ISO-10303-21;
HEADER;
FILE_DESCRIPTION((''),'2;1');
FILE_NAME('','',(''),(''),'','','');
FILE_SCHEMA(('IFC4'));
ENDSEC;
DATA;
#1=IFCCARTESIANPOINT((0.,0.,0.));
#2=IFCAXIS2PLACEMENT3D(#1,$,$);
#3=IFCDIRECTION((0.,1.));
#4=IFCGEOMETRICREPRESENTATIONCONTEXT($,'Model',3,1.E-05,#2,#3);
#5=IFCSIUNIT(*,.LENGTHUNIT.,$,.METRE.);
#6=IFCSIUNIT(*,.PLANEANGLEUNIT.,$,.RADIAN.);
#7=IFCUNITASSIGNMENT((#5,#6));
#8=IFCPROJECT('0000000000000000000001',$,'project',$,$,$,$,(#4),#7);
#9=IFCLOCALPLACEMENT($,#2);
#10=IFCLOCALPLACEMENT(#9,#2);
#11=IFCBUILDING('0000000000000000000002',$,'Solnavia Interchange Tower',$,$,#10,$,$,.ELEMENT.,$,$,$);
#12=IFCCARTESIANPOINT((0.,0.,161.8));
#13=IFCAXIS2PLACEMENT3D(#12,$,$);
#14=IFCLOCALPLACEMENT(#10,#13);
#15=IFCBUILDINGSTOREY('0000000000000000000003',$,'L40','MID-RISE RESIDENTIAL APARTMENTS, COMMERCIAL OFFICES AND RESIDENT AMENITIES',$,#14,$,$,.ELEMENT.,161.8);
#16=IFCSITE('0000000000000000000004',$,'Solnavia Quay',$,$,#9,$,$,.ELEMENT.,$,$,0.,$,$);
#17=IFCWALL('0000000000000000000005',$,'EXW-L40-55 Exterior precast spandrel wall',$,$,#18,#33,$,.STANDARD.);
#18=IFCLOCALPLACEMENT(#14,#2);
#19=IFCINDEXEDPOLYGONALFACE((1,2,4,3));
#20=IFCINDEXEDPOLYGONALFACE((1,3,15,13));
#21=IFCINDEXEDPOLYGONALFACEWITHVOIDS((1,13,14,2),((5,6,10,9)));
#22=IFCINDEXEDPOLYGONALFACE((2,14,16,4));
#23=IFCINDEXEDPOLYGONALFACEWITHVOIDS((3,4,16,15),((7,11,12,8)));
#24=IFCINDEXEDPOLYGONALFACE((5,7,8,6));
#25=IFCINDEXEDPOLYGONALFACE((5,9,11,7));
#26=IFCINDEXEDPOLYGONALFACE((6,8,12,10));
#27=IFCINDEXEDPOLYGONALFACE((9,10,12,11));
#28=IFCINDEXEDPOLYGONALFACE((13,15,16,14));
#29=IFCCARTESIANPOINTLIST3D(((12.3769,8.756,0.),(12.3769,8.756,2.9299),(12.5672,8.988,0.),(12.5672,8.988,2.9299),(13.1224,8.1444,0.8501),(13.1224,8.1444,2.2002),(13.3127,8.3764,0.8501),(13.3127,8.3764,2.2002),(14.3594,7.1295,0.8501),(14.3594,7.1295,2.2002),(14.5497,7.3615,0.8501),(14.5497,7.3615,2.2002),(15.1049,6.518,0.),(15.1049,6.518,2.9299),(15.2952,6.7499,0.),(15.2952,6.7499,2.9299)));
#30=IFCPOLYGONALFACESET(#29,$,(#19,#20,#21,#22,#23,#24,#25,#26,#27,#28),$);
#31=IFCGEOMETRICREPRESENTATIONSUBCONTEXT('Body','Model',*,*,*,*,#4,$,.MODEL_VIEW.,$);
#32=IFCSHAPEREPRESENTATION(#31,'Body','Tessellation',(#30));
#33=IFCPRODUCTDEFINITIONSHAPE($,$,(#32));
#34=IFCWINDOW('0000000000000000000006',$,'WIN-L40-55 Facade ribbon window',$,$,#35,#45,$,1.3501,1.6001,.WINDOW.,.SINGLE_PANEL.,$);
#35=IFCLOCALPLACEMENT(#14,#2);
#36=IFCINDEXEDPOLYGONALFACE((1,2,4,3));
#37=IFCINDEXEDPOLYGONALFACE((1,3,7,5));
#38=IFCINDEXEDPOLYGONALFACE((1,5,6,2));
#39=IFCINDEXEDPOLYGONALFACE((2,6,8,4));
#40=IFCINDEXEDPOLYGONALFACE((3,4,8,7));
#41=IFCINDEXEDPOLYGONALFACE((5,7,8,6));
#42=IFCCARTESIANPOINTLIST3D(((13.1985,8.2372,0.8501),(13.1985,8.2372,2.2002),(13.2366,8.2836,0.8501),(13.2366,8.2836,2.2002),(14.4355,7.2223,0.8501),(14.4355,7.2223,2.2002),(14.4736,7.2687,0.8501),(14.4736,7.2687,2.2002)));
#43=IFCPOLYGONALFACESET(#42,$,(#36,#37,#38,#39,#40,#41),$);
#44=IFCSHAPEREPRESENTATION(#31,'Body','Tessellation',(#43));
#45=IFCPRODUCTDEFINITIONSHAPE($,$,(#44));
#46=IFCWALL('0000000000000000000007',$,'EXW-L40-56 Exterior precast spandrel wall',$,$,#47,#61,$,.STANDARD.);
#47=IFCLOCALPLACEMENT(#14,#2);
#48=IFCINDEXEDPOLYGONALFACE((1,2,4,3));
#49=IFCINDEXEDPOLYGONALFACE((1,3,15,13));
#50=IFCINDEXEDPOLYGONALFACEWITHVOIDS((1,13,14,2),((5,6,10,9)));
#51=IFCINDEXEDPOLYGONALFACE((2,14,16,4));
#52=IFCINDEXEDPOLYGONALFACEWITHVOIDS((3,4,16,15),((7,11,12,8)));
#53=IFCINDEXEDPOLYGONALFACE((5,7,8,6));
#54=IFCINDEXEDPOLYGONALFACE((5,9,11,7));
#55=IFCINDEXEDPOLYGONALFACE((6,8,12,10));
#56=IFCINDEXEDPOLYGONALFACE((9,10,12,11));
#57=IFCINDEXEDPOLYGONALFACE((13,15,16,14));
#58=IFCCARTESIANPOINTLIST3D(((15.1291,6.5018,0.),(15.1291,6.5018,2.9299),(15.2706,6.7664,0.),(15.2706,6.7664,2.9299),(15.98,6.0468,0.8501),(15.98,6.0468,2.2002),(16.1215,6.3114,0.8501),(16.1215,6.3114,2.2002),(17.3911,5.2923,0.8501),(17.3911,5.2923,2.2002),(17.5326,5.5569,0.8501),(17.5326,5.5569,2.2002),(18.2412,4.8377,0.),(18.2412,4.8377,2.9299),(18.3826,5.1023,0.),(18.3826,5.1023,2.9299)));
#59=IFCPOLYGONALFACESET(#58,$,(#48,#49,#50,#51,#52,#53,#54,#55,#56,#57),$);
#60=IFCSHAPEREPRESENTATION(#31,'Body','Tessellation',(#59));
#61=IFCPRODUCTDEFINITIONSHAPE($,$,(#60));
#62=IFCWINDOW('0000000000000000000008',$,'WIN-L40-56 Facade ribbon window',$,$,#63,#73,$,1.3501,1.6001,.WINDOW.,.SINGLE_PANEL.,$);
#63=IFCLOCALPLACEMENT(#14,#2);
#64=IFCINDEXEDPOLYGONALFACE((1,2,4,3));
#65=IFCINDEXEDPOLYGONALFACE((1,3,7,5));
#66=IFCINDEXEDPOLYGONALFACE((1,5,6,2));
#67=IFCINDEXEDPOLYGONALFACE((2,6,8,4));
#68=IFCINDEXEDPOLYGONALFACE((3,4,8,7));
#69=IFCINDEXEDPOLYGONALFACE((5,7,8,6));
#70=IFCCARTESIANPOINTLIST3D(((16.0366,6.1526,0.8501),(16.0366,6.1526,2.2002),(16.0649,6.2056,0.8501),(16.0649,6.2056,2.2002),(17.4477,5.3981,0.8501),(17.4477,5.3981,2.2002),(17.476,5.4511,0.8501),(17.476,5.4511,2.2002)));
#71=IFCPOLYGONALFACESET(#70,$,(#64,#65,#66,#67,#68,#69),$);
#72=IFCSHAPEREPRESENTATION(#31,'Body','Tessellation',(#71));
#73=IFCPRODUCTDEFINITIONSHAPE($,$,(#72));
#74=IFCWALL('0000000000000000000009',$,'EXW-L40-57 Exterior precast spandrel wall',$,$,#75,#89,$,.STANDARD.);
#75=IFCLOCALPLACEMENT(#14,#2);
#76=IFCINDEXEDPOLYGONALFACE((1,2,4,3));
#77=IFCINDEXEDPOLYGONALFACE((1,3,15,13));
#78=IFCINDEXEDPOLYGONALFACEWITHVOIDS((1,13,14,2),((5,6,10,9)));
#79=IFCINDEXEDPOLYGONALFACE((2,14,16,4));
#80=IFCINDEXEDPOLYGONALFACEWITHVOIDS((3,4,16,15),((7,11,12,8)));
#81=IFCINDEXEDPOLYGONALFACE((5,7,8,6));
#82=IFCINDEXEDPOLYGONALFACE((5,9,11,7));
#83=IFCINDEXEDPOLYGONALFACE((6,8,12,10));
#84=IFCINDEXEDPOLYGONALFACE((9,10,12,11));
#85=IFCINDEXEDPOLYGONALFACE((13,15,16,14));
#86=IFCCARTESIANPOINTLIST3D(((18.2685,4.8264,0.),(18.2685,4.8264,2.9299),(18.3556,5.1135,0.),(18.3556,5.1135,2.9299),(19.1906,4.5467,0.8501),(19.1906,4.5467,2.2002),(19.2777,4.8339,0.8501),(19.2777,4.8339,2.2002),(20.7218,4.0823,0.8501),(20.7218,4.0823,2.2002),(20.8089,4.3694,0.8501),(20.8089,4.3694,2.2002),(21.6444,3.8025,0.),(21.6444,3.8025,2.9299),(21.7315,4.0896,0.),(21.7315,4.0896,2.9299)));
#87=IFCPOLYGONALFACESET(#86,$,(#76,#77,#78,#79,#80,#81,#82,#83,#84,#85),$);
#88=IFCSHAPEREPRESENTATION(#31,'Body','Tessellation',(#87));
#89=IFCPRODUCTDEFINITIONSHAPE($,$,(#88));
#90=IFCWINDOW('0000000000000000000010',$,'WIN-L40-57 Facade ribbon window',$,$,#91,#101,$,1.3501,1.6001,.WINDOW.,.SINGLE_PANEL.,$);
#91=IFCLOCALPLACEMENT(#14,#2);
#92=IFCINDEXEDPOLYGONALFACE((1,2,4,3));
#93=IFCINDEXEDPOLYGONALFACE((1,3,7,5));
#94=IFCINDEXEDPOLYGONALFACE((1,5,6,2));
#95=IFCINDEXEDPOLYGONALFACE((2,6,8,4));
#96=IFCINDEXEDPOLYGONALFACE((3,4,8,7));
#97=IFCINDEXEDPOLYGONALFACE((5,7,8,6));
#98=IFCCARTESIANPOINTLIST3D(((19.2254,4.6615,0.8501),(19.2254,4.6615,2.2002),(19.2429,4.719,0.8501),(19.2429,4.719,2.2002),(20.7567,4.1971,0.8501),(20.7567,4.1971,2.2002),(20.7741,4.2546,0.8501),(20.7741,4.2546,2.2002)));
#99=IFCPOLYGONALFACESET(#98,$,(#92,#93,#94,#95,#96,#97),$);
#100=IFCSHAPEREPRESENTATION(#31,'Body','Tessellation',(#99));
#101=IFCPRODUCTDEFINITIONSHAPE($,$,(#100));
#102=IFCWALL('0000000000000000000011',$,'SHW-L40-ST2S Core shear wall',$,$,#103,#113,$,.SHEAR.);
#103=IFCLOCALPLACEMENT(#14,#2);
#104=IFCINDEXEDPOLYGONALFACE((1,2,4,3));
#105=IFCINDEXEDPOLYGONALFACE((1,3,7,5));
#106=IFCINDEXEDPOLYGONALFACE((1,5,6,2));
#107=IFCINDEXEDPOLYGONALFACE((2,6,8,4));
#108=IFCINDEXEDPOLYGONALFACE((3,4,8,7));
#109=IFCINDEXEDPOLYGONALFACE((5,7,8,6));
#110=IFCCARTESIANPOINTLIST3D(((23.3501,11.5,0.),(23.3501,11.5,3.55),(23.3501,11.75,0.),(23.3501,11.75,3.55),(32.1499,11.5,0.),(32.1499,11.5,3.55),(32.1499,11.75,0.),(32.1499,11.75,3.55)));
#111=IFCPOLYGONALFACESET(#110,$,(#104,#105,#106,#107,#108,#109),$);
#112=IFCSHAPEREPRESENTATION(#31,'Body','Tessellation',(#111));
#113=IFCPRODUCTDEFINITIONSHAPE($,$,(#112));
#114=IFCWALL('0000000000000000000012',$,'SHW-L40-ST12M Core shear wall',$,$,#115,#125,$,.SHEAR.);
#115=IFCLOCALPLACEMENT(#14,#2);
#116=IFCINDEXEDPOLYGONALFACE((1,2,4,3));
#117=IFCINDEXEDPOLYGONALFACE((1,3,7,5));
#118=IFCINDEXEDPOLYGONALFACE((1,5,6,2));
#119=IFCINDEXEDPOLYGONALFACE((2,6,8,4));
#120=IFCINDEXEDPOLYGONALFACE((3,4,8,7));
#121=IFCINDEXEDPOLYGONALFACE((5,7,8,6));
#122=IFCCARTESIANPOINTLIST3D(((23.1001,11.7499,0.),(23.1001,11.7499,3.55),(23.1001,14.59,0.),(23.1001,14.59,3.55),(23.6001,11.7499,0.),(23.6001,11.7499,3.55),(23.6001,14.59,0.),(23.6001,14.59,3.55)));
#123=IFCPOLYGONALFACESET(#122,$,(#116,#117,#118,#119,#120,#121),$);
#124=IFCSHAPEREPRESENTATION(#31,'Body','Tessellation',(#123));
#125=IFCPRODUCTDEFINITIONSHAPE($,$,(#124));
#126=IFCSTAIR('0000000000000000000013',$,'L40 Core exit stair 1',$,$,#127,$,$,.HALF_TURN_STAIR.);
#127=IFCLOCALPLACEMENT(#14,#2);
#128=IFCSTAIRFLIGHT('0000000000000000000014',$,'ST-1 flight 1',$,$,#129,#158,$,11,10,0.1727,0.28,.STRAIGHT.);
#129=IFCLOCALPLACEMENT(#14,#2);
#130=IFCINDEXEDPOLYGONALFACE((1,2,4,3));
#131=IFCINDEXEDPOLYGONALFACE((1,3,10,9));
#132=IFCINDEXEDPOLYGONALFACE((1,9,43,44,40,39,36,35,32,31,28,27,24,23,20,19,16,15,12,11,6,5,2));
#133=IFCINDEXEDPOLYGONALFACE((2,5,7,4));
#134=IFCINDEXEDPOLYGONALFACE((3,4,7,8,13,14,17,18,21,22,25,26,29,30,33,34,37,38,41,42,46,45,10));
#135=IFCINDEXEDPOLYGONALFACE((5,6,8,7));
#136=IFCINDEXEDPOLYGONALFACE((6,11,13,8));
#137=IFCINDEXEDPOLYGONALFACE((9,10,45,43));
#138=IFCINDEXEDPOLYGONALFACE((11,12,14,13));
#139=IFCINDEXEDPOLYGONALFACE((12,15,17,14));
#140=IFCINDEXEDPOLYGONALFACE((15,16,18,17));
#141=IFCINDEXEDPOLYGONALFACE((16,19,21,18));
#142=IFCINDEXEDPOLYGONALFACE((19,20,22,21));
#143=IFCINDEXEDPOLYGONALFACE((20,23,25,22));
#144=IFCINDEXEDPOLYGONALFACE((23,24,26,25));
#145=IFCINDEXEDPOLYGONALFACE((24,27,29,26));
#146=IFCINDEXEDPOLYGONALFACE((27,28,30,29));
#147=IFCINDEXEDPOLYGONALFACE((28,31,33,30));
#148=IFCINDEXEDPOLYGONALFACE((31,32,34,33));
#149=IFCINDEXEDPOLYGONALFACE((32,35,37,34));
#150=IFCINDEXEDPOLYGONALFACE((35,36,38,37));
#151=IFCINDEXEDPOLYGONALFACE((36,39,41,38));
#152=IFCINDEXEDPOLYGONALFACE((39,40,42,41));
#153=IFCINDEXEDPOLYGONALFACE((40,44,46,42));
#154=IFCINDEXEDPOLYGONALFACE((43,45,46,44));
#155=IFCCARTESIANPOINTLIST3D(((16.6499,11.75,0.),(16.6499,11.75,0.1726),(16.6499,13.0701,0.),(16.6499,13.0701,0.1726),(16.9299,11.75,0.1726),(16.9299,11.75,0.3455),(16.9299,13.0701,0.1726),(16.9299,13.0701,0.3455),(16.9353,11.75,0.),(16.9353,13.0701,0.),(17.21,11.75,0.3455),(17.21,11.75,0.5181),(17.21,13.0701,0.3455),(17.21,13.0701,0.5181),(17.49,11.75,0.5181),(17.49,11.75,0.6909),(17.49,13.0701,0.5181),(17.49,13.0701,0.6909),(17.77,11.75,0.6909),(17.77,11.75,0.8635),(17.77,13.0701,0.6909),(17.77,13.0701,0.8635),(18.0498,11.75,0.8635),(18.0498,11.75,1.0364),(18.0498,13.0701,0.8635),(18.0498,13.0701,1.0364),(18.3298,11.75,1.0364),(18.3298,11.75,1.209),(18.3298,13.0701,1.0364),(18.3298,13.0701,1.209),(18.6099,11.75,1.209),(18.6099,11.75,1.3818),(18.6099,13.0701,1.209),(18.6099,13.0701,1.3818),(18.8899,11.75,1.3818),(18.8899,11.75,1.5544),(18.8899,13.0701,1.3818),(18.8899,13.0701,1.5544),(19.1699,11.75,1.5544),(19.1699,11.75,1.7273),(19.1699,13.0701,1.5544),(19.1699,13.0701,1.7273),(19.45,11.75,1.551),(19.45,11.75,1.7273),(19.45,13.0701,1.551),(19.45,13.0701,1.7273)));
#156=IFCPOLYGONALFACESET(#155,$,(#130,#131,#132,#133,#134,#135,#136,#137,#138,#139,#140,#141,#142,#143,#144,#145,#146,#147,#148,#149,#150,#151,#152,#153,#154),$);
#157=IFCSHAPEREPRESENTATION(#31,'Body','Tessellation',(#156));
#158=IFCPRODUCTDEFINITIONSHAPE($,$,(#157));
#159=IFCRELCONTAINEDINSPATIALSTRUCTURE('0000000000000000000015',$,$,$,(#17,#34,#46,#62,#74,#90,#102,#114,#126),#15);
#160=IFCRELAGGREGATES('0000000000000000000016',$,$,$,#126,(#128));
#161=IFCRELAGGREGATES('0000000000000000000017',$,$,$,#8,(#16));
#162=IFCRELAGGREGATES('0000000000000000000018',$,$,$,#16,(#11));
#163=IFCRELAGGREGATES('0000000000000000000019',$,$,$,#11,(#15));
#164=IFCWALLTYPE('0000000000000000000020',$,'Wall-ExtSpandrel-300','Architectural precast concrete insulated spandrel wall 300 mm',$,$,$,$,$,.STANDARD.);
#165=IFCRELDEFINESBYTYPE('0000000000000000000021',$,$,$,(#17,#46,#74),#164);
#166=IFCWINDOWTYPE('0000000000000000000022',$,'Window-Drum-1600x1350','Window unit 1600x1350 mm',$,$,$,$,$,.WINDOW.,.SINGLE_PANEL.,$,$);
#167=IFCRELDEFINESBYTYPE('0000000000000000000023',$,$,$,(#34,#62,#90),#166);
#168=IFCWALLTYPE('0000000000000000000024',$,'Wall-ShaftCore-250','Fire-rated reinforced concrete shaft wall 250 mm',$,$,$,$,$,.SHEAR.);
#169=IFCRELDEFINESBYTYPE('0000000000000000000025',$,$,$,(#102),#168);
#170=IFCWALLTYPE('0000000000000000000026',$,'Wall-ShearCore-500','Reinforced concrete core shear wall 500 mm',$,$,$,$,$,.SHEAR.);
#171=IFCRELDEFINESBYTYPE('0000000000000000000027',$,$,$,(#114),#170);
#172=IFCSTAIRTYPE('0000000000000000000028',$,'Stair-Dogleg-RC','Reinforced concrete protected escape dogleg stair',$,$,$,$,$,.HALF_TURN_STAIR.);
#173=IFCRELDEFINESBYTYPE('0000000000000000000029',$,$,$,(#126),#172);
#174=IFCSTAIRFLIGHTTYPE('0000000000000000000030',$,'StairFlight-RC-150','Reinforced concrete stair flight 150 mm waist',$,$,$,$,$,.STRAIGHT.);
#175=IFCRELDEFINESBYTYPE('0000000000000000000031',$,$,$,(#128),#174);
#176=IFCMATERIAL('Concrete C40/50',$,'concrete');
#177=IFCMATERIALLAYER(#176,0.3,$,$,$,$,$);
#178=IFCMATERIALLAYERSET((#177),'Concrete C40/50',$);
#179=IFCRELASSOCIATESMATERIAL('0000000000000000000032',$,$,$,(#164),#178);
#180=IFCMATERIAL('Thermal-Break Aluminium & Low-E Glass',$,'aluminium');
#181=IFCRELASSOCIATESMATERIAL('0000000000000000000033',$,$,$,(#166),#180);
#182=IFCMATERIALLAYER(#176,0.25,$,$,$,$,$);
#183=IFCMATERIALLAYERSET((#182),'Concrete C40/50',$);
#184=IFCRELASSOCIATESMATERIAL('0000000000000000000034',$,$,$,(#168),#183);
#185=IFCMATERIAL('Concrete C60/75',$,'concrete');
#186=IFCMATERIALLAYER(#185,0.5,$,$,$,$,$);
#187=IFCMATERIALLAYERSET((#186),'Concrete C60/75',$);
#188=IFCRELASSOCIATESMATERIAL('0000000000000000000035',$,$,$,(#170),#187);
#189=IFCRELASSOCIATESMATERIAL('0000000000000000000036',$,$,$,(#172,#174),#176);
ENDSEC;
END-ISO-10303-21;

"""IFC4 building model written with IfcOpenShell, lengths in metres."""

from ifc_helpers import new_model, si_unit, direction, frame, frame_2d, origin, place, context, subcontext, project, spatial, polyline, rectangle, outline, extrude, material, layer, layer_set, type_object, element, fill, aggregate, save


model = new_model("IFC4")

# Units and contexts
model_context = context("Model", 3, precision=1e-05, world=origin(), true_north=direction((0.0, 1.0)))
body_context = subcontext(model_context, "Body", "Model", "MODEL_VIEW")
ifc_project = project(units=[si_unit("LENGTHUNIT", "METRE"), si_unit("PLANEANGLEUNIT", "RADIAN")], contexts=[model_context])

# Site, building, storey
site_placement = place(None, origin())
site = spatial("IfcSite", under=ifc_project, at=site_placement, Name="Solnavia Quay", CompositionType="ELEMENT", RefElevation=0.0)
building_placement = place(site_placement, origin())
building = spatial("IfcBuilding", under=site, at=building_placement, Name="Solnavia Interchange Tower", CompositionType="ELEMENT")
storey_placement = place(building_placement, frame((0.0, 0.0, 161.8)))
storey = spatial("IfcBuildingStorey", under=building, at=storey_placement, Name="L40", Description="MID-RISE RESIDENTIAL APARTMENTS, COMMERCIAL OFFICES AND RESIDENT AMENITIES", CompositionType="ELEMENT", Elevation=161.8)

# Walls, openings, windows
ifc_material_1 = material(Name="Concrete C40/50", Category="concrete")
ifc_layer_1 = layer(ifc_material_1, 0.3)
ifc_layer_set_1 = layer_set([ifc_layer_1], Name="Concrete C40/50")
wall_type_1 = type_object("IfcWallType", Name="Wall-ExtSpandrel-300", Description="Architectural precast concrete insulated spandrel wall 300 mm", PredefinedType="STANDARD", material=ifc_layer_set_1)
wall_1_placement = place(storey_placement, frame((15.2, 6.634, 0.0), z_axis=(0.0, 0.0, 1.0), x_axis=(-0.773121, 0.634258, 0.0)))
wall_1 = element("IfcWall", 1, at=wall_1_placement, inside=storey, type_object=wall_type_1, Name="EXW-L40-55 Exterior precast spandrel wall", PredefinedType="STANDARD", context=body_context, shape_type="SweptSolid", body=[
    extrude(rectangle(XDim=3.5286, YDim=0.3, at=frame_2d((1.7642, 0.0))), origin(), (0.0, 0.0, 1.0), 2.9299),
])
opening_1_placement = place(wall_1_placement, frame((0.9641, 0.0, 0.8501)))
opening_1 = element("IfcOpeningElement", 2, at=opening_1_placement, cuts=wall_1, PredefinedType="OPENING", context=body_context, shape_type="SweptSolid", body=[
    extrude(rectangle(XDim=1.6001, YDim=1.3501, at=frame_2d((0.8, 0.675))), frame((0.0, 0.1602, 0.0), z_axis=(0.0, -1.0, 0.0), x_axis=(1.0, 0.0, 0.0)), (0.0, 0.0, 1.0), 0.3201),
])
ifc_material_2 = material(Name="Thermal-Break Aluminium & Low-E Glass", Category="aluminium")
window_type = type_object("IfcWindowType", Name="Window-Drum-1600x1350", Description="Window unit 1600x1350 mm", PartitioningType="SINGLE_PANEL", PredefinedType="WINDOW", material=ifc_material_2)
window_1_placement = place(opening_1_placement, origin())
window_1 = element("IfcWindow", 3, at=window_1_placement, inside=storey, type_object=window_type, Name="WIN-L40-55 Facade ribbon window", OverallHeight=1.3501, OverallWidth=1.6001, PartitioningType="SINGLE_PANEL", PredefinedType="WINDOW", context=body_context, shape_type="SweptSolid", body=[
    extrude(rectangle(XDim=1.6001, YDim=1.3501, at=frame_2d((0.8, 0.675))), frame((0.0, 0.03, 0.0), z_axis=(0.0, -1.0, 0.0), x_axis=(1.0, 0.0, 0.0)), (0.0, 0.0, 1.0), 0.0601),
])
fill(opening_1, window_1)
wall_2_placement = place(storey_placement, frame((18.312, 4.97, 0.0), z_axis=(0.0, 0.0, 1.0), x_axis=(-0.881847, 0.471536, 0.0)))
wall_2 = element("IfcWall", 4, at=wall_2_placement, inside=storey, type_object=wall_type_1, Name="EXW-L40-56 Exterior precast spandrel wall", PredefinedType="STANDARD", context=body_context, shape_type="SweptSolid", body=[
    extrude(rectangle(XDim=3.5291, YDim=0.3, at=frame_2d((1.7646, 0.0))), origin(), (0.0, 0.0, 1.0), 2.9299),
])
opening_2_placement = place(wall_2_placement, frame((0.9641, 0.0, 0.8501)))
opening_2 = element("IfcOpeningElement", 5, at=opening_2_placement, cuts=wall_2, PredefinedType="OPENING", context=body_context, shape_type="SweptSolid", body=[
    extrude(rectangle(XDim=1.6001, YDim=1.3501, at=frame_2d((0.8, 0.675))), frame((0.0, 0.1602, 0.0), z_axis=(0.0, -1.0, 0.0), x_axis=(1.0, 0.0, 0.0)), (0.0, 0.0, 1.0), 0.3201),
])
window_2_placement = place(opening_2_placement, origin())
window_2 = element("IfcWindow", 6, at=window_2_placement, inside=storey, type_object=window_type, Name="WIN-L40-56 Facade ribbon window", OverallHeight=1.3501, OverallWidth=1.6001, PartitioningType="SINGLE_PANEL", PredefinedType="WINDOW", context=body_context, shape_type="SweptSolid", body=[
    extrude(rectangle(XDim=1.6001, YDim=1.3501, at=frame_2d((0.8, 0.675))), frame((0.0, 0.03, 0.0), z_axis=(0.0, -1.0, 0.0), x_axis=(1.0, 0.0, 0.0)), (0.0, 0.0, 1.0), 0.0601),
])
fill(opening_2, window_2)
wall_3_placement = place(storey_placement, frame((21.688, 3.946, 0.0), z_axis=(0.0, 0.0, 1.0), x_axis=(-0.956953, 0.290242, 0.0)))
wall_3 = element("IfcWall", 7, at=wall_3_placement, inside=storey, type_object=wall_type_1, Name="EXW-L40-57 Exterior precast spandrel wall", PredefinedType="STANDARD", context=body_context, shape_type="SweptSolid", body=[
    extrude(rectangle(XDim=3.5278, YDim=0.3, at=frame_2d((1.7639, 0.0))), origin(), (0.0, 0.0, 1.0), 2.9299),
])
opening_3_placement = place(wall_3_placement, frame((0.9641, 0.0, 0.8501)))
opening_3 = element("IfcOpeningElement", 8, at=opening_3_placement, cuts=wall_3, PredefinedType="OPENING", context=body_context, shape_type="SweptSolid", body=[
    extrude(rectangle(XDim=1.6001, YDim=1.3501, at=frame_2d((0.8, 0.675))), frame((0.0, 0.1602, 0.0), z_axis=(0.0, -1.0, 0.0), x_axis=(1.0, 0.0, 0.0)), (0.0, 0.0, 1.0), 0.3201),
])
window_3_placement = place(opening_3_placement, origin())
window_3 = element("IfcWindow", 9, at=window_3_placement, inside=storey, type_object=window_type, Name="WIN-L40-57 Facade ribbon window", OverallHeight=1.3501, OverallWidth=1.6001, PartitioningType="SINGLE_PANEL", PredefinedType="WINDOW", context=body_context, shape_type="SweptSolid", body=[
    extrude(rectangle(XDim=1.6001, YDim=1.3501, at=frame_2d((0.8, 0.675))), frame((0.0, 0.03, 0.0), z_axis=(0.0, -1.0, 0.0), x_axis=(1.0, 0.0, 0.0)), (0.0, 0.0, 1.0), 0.0601),
])
fill(opening_3, window_3)

# Walls
ifc_layer_2 = layer(ifc_material_1, 0.25)
ifc_layer_set_2 = layer_set([ifc_layer_2], Name="Concrete C40/50")
wall_type_2 = type_object("IfcWallType", Name="Wall-ShaftCore-250", Description="Fire-rated reinforced concrete shaft wall 250 mm", PredefinedType="SHEAR", material=ifc_layer_set_2)
wall_4_placement = place(storey_placement, frame((23.3501, 11.625, 0.0), z_axis=(0.0, 0.0, 1.0), x_axis=(1.0, 0.0, 0.0)))
element("IfcWall", 10, at=wall_4_placement, inside=storey, type_object=wall_type_2, Name="SHW-L40-ST2S Core shear wall", PredefinedType="SHEAR", context=body_context, shape_type="SweptSolid", body=[
    extrude(rectangle(XDim=8.7998, YDim=0.25, at=frame_2d((4.3999, 0.0))), origin(), (0.0, 0.0, 1.0), 3.55),
])
ifc_material_3 = material(Name="Concrete C60/75", Category="concrete")
ifc_layer_3 = layer(ifc_material_3, 0.5)
ifc_layer_set_3 = layer_set([ifc_layer_3], Name="Concrete C60/75")
wall_type_3 = type_object("IfcWallType", Name="Wall-ShearCore-500", Description="Reinforced concrete core shear wall 500 mm", PredefinedType="SHEAR", material=ifc_layer_set_3)
wall_5_placement = place(storey_placement, frame((23.3501, 11.75, 0.0), z_axis=(0.0, 0.0, 1.0), x_axis=(0.0, 1.0, 0.0)))
element("IfcWall", 11, at=wall_5_placement, inside=storey, type_object=wall_type_3, Name="SHW-L40-ST12M Core shear wall", PredefinedType="SHEAR", context=body_context, shape_type="SweptSolid", body=[
    extrude(rectangle(XDim=2.8401, YDim=0.5, at=frame_2d((1.4199, 0.0))), origin(), (0.0, 0.0, 1.0), 3.55),
])

# Stair, stair flight
stair_type = type_object("IfcStairType", Name="Stair-Dogleg-RC", Description="Reinforced concrete protected escape dogleg stair", PredefinedType="HALF_TURN_STAIR", material=ifc_material_1)
stair_placement = place(storey_placement, origin())
stair = element("IfcStair", 12, at=stair_placement, inside=storey, type_object=stair_type, Name="L40 Core exit stair 1", PredefinedType="HALF_TURN_STAIR")
stair_flight_type = type_object("IfcStairFlightType", Name="StairFlight-RC-150", Description="Reinforced concrete stair flight 150 mm waist", PredefinedType="STRAIGHT", material=ifc_material_1)
stair_flight_placement = place(storey_placement, frame((16.6499, 12.4099, 0.0), z_axis=(0.0, 0.0, 1.0), x_axis=(1.0, 0.0, 0.0)))
stair_flight = element("IfcStairFlight", 13, at=stair_flight_placement, type_object=stair_flight_type, Name="ST-1 flight 1", NumberOfRisers=11, NumberOfTreads=10, PredefinedType="STRAIGHT", RiserHeight=0.1727, TreadLength=0.28, context=body_context, shape_type="SweptSolid", body=[
    extrude(outline(polyline([(0.0, 0.0), (0.0, 0.1726), (0.28, 0.1726), (0.28, 0.3455), (0.5601, 0.3455), (0.5601, 0.5181), (0.8401, 0.5181), (0.8401, 0.6909), (1.1201, 0.6909), (1.1201, 0.8635), (1.3999, 0.8635), (1.3999, 1.0364), (1.6799, 1.0364), (1.6799, 1.209), (1.96, 1.209), (1.96, 1.3818), (2.24, 1.3818), (2.24, 1.5544), (2.52, 1.5544), (2.52, 1.7273), (2.8, 1.7273), (2.8, 1.8999), (2.8, 1.551), (0.2854, 0.0), (0.0, 0.0)])), frame((0.0, 0.6602, 0.0), z_axis=(0.0, -1.0, 0.0), x_axis=(1.0, 0.0, 0.0)), (0.0, 0.0, 1.0), 1.3201),
])
aggregate(stair, [stair_flight])

save(model, "model.ifc")
